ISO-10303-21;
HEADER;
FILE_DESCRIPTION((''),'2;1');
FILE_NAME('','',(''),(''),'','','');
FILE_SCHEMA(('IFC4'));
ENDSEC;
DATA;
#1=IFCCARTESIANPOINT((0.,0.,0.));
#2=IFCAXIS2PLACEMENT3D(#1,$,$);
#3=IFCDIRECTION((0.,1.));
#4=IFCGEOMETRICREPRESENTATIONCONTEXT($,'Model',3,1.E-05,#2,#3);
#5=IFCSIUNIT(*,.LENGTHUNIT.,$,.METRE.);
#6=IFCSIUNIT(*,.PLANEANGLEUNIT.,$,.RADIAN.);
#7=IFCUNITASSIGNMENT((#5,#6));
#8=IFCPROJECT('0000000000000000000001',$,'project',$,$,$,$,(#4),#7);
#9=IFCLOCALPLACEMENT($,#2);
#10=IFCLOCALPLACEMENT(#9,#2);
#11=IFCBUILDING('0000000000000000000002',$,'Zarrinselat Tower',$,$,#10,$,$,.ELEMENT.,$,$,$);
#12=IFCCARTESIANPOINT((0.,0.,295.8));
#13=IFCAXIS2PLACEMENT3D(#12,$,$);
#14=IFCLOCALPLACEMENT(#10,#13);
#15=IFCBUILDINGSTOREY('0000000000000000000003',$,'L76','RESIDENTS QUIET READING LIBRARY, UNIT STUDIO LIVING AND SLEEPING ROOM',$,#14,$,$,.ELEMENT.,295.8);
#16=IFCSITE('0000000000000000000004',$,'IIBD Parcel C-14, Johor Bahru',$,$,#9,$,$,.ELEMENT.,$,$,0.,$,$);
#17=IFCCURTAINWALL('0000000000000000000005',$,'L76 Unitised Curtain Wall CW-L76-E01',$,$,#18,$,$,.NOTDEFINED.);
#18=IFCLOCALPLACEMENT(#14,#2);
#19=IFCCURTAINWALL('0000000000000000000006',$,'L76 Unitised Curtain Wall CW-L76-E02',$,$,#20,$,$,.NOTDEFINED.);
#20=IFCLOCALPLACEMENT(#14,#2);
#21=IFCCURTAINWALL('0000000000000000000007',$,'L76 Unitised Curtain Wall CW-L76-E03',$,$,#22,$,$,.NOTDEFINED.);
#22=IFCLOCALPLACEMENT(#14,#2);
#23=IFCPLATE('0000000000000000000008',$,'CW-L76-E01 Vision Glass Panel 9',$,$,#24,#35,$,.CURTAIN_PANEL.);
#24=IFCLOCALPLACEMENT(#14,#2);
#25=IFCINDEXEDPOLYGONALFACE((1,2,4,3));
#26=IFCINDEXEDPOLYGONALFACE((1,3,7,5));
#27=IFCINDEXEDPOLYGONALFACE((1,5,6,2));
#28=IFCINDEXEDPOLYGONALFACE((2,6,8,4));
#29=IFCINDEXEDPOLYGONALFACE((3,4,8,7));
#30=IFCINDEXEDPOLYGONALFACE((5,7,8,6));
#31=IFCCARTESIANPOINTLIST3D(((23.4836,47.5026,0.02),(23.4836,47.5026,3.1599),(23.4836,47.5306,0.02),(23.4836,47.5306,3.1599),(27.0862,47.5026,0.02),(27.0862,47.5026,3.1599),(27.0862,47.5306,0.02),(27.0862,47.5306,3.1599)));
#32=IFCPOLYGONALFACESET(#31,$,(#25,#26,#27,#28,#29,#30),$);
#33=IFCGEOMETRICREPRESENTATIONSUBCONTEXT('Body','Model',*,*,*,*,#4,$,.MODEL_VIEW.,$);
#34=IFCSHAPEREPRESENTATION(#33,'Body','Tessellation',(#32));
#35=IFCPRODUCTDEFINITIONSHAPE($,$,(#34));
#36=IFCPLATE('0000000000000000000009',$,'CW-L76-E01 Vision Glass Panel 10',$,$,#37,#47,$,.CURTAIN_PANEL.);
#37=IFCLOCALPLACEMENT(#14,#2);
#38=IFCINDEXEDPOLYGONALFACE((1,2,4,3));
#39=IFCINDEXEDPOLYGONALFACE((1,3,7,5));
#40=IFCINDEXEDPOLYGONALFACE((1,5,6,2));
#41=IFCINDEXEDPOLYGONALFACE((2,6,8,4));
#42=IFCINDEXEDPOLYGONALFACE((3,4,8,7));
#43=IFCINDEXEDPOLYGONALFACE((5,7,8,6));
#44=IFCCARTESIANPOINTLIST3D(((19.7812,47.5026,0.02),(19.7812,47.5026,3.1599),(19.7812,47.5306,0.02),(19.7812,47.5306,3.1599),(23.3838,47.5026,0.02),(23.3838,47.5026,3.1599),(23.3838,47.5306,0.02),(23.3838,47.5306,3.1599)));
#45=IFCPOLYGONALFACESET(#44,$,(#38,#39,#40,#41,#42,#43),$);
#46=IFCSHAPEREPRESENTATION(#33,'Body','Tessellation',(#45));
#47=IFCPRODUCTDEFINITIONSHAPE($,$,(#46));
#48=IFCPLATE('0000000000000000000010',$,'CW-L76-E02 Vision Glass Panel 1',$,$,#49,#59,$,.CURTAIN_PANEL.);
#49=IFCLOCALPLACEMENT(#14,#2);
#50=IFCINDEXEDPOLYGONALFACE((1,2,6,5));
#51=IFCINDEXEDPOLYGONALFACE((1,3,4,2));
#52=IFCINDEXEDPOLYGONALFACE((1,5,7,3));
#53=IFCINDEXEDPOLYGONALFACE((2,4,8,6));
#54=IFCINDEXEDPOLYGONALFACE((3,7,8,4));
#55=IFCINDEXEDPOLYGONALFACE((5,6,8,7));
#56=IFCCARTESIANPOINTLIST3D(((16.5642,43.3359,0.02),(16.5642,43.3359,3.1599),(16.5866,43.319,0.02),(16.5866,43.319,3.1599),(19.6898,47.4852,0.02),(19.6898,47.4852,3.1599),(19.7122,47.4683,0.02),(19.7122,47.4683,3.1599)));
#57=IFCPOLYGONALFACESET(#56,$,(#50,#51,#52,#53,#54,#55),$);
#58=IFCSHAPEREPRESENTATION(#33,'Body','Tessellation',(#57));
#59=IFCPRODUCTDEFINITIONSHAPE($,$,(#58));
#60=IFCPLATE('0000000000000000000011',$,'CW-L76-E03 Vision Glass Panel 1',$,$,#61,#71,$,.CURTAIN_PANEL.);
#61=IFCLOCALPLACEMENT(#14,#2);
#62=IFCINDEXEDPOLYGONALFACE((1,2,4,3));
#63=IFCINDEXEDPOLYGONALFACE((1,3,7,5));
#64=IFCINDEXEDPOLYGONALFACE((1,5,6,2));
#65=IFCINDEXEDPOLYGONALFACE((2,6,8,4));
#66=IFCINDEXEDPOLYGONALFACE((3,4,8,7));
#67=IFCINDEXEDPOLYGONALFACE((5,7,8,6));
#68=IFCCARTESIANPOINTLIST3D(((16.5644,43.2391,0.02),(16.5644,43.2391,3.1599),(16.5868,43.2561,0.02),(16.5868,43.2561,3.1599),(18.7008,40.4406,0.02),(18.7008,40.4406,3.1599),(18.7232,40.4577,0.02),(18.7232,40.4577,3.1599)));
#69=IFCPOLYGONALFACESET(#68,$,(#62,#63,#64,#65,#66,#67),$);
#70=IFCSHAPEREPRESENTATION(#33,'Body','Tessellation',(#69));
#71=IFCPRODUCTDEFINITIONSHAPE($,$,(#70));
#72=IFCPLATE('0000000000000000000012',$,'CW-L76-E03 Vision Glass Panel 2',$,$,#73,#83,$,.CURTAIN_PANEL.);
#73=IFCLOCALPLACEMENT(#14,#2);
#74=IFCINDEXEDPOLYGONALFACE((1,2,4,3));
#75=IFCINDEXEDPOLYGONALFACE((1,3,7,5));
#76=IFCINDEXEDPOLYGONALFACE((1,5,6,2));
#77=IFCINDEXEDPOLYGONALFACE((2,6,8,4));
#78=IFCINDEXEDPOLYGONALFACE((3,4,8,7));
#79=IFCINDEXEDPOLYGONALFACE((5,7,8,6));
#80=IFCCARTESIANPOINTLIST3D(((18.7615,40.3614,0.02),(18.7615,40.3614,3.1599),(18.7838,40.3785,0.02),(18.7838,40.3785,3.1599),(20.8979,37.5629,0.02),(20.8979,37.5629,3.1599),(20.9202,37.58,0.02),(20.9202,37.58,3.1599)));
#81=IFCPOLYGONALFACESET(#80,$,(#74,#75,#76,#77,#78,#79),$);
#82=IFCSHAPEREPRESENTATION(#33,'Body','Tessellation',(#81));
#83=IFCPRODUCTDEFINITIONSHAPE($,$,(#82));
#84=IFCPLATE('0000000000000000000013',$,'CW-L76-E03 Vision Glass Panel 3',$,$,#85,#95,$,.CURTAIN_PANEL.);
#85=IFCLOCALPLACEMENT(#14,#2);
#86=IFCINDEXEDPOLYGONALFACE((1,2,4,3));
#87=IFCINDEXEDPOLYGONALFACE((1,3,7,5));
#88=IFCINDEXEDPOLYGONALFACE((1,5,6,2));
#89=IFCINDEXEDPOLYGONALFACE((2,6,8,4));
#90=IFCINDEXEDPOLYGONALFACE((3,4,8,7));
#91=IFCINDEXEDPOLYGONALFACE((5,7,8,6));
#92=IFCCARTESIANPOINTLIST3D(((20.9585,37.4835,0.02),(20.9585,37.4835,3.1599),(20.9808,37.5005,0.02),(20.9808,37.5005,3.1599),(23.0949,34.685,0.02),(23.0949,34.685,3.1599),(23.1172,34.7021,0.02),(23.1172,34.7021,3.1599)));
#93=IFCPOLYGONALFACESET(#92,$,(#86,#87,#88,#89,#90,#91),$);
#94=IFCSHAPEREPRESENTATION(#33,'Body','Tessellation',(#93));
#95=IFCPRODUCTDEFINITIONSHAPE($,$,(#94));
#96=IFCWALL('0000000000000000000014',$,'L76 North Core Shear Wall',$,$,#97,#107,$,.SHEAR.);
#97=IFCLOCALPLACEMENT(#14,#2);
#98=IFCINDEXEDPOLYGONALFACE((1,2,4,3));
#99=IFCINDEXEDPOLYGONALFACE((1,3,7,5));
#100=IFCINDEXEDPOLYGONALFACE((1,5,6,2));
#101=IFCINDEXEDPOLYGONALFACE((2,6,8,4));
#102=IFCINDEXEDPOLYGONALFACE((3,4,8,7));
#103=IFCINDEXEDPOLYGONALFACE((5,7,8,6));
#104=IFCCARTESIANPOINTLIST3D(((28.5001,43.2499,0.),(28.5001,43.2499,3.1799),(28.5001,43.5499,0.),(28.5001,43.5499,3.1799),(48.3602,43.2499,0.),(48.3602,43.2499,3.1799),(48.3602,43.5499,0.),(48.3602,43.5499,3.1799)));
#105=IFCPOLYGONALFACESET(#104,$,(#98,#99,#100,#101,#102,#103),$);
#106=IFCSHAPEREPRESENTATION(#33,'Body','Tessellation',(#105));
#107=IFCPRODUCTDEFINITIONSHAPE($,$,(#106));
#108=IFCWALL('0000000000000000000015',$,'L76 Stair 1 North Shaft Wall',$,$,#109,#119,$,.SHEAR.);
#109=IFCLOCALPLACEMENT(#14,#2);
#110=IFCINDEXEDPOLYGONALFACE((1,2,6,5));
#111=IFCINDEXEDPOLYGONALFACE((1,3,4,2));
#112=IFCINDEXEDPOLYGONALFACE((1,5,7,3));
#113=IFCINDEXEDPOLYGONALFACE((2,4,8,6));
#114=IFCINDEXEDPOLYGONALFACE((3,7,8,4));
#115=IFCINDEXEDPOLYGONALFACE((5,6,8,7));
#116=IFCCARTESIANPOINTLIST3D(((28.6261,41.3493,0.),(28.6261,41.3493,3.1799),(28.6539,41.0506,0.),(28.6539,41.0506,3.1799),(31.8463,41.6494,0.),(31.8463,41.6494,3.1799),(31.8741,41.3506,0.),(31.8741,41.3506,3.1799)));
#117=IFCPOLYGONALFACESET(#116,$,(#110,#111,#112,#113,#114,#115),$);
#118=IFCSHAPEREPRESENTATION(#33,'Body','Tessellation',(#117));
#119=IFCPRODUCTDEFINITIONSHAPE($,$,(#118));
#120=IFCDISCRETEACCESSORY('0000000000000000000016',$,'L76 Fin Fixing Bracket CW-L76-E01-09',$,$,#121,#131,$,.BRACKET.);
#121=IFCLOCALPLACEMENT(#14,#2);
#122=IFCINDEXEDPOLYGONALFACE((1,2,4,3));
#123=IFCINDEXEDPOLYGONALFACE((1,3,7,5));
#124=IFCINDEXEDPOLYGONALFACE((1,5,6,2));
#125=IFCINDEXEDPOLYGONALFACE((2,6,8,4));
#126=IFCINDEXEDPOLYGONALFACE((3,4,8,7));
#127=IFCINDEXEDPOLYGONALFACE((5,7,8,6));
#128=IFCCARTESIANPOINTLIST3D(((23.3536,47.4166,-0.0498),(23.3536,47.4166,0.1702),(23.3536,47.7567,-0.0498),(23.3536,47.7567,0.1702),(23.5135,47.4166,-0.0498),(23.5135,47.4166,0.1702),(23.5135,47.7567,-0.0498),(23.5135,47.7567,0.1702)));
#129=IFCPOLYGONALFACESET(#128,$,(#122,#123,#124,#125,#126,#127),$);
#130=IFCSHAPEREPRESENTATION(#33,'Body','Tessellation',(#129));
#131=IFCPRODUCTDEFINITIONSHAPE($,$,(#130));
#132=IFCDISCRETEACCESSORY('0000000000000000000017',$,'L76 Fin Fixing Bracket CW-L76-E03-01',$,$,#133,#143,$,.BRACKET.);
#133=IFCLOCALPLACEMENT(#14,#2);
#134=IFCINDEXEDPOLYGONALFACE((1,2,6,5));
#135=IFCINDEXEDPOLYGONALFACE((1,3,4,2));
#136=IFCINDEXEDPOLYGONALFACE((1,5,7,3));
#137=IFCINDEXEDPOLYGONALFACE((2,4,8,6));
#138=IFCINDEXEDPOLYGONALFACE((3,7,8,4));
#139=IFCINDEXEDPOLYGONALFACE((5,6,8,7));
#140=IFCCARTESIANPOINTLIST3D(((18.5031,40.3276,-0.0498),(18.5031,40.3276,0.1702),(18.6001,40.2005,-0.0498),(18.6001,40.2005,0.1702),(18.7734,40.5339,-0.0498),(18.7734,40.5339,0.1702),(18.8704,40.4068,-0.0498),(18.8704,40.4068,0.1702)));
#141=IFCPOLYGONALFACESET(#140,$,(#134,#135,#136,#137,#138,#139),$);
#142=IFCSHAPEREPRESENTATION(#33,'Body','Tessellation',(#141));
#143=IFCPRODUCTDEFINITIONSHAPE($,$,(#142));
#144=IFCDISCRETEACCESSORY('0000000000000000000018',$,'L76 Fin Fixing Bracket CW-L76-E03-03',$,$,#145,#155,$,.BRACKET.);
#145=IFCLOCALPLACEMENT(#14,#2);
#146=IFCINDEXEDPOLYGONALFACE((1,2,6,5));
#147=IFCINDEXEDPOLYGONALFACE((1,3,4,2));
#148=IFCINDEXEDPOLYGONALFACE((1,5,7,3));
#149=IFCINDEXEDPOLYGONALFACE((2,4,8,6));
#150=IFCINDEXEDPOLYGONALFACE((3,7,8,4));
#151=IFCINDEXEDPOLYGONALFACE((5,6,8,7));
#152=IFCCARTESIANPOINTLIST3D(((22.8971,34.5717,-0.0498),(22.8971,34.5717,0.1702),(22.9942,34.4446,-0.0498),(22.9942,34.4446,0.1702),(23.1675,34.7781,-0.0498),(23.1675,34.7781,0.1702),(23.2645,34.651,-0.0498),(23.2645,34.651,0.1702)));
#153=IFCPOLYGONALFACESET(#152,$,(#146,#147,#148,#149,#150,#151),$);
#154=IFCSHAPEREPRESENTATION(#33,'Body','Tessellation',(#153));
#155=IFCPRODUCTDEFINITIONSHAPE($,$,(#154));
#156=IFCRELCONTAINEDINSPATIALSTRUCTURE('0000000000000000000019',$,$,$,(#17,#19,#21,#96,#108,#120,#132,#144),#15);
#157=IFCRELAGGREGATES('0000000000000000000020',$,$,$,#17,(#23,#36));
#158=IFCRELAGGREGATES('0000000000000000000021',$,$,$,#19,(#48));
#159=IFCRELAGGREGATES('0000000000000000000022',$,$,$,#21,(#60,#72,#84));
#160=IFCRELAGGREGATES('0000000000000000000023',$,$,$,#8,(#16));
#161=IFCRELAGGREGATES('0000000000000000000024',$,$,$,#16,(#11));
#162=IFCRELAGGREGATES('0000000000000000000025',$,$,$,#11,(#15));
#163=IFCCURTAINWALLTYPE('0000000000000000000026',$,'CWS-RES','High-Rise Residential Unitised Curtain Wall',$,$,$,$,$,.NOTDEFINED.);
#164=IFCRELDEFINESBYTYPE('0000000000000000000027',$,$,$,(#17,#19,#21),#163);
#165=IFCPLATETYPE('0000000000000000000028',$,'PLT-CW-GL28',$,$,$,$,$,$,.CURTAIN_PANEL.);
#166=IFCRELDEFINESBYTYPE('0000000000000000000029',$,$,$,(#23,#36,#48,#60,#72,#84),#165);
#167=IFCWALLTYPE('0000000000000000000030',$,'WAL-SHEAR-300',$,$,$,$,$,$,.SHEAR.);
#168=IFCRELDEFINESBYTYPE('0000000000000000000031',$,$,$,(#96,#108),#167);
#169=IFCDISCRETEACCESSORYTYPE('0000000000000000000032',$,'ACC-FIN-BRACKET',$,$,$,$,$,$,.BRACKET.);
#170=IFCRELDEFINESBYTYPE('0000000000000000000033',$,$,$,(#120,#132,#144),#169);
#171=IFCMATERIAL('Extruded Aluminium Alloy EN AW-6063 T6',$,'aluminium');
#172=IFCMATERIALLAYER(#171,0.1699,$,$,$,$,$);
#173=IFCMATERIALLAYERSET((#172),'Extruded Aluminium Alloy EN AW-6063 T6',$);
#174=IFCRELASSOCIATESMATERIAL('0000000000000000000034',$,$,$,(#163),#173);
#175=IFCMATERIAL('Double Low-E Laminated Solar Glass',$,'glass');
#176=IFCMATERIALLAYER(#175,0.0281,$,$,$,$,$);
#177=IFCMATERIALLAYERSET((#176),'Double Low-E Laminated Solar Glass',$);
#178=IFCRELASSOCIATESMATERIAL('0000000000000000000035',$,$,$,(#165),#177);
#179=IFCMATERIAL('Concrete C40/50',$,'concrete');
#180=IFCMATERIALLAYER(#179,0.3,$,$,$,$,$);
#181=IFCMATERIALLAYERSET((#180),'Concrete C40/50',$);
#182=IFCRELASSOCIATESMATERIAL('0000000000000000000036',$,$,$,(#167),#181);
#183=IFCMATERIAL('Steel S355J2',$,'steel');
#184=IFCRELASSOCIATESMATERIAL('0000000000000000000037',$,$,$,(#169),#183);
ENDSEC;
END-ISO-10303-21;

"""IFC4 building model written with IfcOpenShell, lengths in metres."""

from ifc_helpers import new_model, si_unit, direction, frame, frame_2d, origin, origin_2d, place, context, subcontext, project, spatial, rectangle, extrude, material, layer, layer_set, type_object, element, aggregate, save


model = new_model("IFC4")

# Units and contexts
model_context = context("Model", 3, precision=1e-05, world=origin(), true_north=direction((0.0, 1.0)))
body_context = subcontext(model_context, "Body", "Model", "MODEL_VIEW")
ifc_project = project(units=[si_unit("LENGTHUNIT", "METRE"), si_unit("PLANEANGLEUNIT", "RADIAN")], contexts=[model_context])

# Site, building, storey
site_placement = place(None, origin())
site = spatial("IfcSite", under=ifc_project, at=site_placement, Name="IIBD Parcel C-14, Johor Bahru", CompositionType="ELEMENT", RefElevation=0.0)
building_placement = place(site_placement, origin())
building = spatial("IfcBuilding", under=site, at=building_placement, Name="Zarrinselat Tower", CompositionType="ELEMENT")
storey_placement = place(building_placement, frame((0.0, 0.0, 295.8)))
storey = spatial("IfcBuildingStorey", under=building, at=storey_placement, Name="L76", Description="RESIDENTS QUIET READING LIBRARY, UNIT STUDIO LIVING AND SLEEPING ROOM", CompositionType="ELEMENT", Elevation=295.8)

# Curtain wall
ifc_material_1 = material(Name="Extruded Aluminium Alloy EN AW-6063 T6", Category="aluminium")
ifc_layer_1 = layer(ifc_material_1, 0.1699)
ifc_layer_set_1 = layer_set([ifc_layer_1], Name="Extruded Aluminium Alloy EN AW-6063 T6")
curtain_wall_type = type_object("IfcCurtainWallType", Name="CWS-RES", Description="High-Rise Residential Unitised Curtain Wall", PredefinedType="NOTDEFINED", material=ifc_layer_set_1)
curtain_wall_1_placement = place(storey_placement, origin())
curtain_wall_1 = element("IfcCurtainWall", 1, at=curtain_wall_1_placement, inside=storey, type_object=curtain_wall_type, Name="L76 Unitised Curtain Wall CW-L76-E01", PredefinedType="NOTDEFINED")

# Curtain wall
curtain_wall_2_placement = place(storey_placement, origin())
curtain_wall_2 = element("IfcCurtainWall", 2, at=curtain_wall_2_placement, inside=storey, type_object=curtain_wall_type, Name="L76 Unitised Curtain Wall CW-L76-E02", PredefinedType="NOTDEFINED")

# Curtain wall
curtain_wall_3_placement = place(storey_placement, origin())
curtain_wall_3 = element("IfcCurtainWall", 3, at=curtain_wall_3_placement, inside=storey, type_object=curtain_wall_type, Name="L76 Unitised Curtain Wall CW-L76-E03", PredefinedType="NOTDEFINED")

# Plates
ifc_material_2 = material(Name="Double Low-E Laminated Solar Glass", Category="glass")
ifc_layer_2 = layer(ifc_material_2, 0.0281)
ifc_layer_set_2 = layer_set([ifc_layer_2], Name="Double Low-E Laminated Solar Glass")
plate_type = type_object("IfcPlateType", Name="PLT-CW-GL28", PredefinedType="CURTAIN_PANEL", material=ifc_layer_set_2)
plate_1_placement = place(storey_placement, frame((25.2849, 47.5166, 0.02), z_axis=(0.0, 0.0, 1.0), x_axis=(-1.0, 0.0, 0.0)))
plate_1 = element("IfcPlate", 4, at=plate_1_placement, type_object=plate_type, Name="CW-L76-E01 Vision Glass Panel 9", PredefinedType="CURTAIN_PANEL", context=body_context, shape_type="SweptSolid", body=[
    extrude(rectangle(XDim=3.6025, YDim=0.0281, at=origin_2d()), origin(), (0.0, 0.0, 1.0), 3.1399),
])
plate_2_placement = place(storey_placement, frame((21.5825, 47.5166, 0.02), z_axis=(0.0, 0.0, 1.0), x_axis=(-1.0, 0.0, 0.0)))
plate_2 = element("IfcPlate", 5, at=plate_2_placement, type_object=plate_type, Name="CW-L76-E01 Vision Glass Panel 10", PredefinedType="CURTAIN_PANEL", context=body_context, shape_type="SweptSolid", body=[
    extrude(rectangle(XDim=3.6025, YDim=0.0281, at=origin_2d()), origin(), (0.0, 0.0, 1.0), 3.1399),
])
aggregate(curtain_wall_1, [plate_1, plate_2])
plate_3_placement = place(storey_placement, frame((18.1382, 45.4021, 0.02), z_axis=(0.0, 0.0, 1.0), x_axis=(-0.601679, -0.798738, 0.0)))
plate_3 = element("IfcPlate", 6, at=plate_3_placement, type_object=plate_type, Name="CW-L76-E02 Vision Glass Panel 1", PredefinedType="CURTAIN_PANEL", context=body_context, shape_type="SweptSolid", body=[
    extrude(rectangle(XDim=5.1948, YDim=0.0281, at=origin_2d()), origin(), (0.0, 0.0, 1.0), 3.1399),
])
aggregate(curtain_wall_2, [plate_3])
plate_4_placement = place(storey_placement, frame((17.6438, 41.8484, 0.02), z_axis=(0.0, 0.0, 1.0), x_axis=(0.606802, -0.794853, 0.0)))
plate_4 = element("IfcPlate", 7, at=plate_4_placement, type_object=plate_type, Name="CW-L76-E03 Vision Glass Panel 1", PredefinedType="CURTAIN_PANEL", context=body_context, shape_type="SweptSolid", body=[
    extrude(rectangle(XDim=3.5208, YDim=0.0281, at=origin_2d()), origin(), (0.0, 0.0, 1.0), 3.1399),
])
plate_5_placement = place(storey_placement, frame((19.8408, 38.9707, 0.02), z_axis=(0.0, 0.0, 1.0), x_axis=(0.606802, -0.794853, 0.0)))
plate_5 = element("IfcPlate", 8, at=plate_5_placement, type_object=plate_type, Name="CW-L76-E03 Vision Glass Panel 2", PredefinedType="CURTAIN_PANEL", context=body_context, shape_type="SweptSolid", body=[
    extrude(rectangle(XDim=3.5208, YDim=0.0281, at=origin_2d()), origin(), (0.0, 0.0, 1.0), 3.1399),
])
plate_6_placement = place(storey_placement, frame((22.0378, 36.0928, 0.02), z_axis=(0.0, 0.0, 1.0), x_axis=(0.606802, -0.794853, 0.0)))
plate_6 = element("IfcPlate", 9, at=plate_6_placement, type_object=plate_type, Name="CW-L76-E03 Vision Glass Panel 3", PredefinedType="CURTAIN_PANEL", context=body_context, shape_type="SweptSolid", body=[
    extrude(rectangle(XDim=3.5208, YDim=0.0281, at=origin_2d()), origin(), (0.0, 0.0, 1.0), 3.1399),
])
aggregate(curtain_wall_3, [plate_4, plate_5, plate_6])

# Walls
ifc_material_3 = material(Name="Concrete C40/50", Category="concrete")
ifc_layer_3 = layer(ifc_material_3, 0.3)
ifc_layer_set_3 = layer_set([ifc_layer_3], Name="Concrete C40/50")
wall_type = type_object("IfcWallType", Name="WAL-SHEAR-300", PredefinedType="SHEAR", material=ifc_layer_set_3)
wall_1_placement = place(storey_placement, frame((28.5, 43.3999, 0.0), z_axis=(0.0, 0.0, 1.0), x_axis=(1.0, 0.0, 0.0)))
element("IfcWall", 10, at=wall_1_placement, inside=storey, type_object=wall_type, Name="L76 North Core Shear Wall", PredefinedType="SHEAR", context=body_context, shape_type="SweptSolid", body=[
    extrude(rectangle(XDim=19.8601, YDim=0.3, at=frame_2d((9.9302, 0.0))), origin(), (0.0, 0.0, 1.0), 3.1799),
])
wall_2_placement = place(storey_placement, frame((28.6399, 41.2, 0.0), z_axis=(0.0, 0.0, 1.0), x_axis=(0.995687, 0.092775, 0.0)))
element("IfcWall", 11, at=wall_2_placement, inside=storey, type_object=wall_type, Name="L76 Stair 1 North Shaft Wall", PredefinedType="SHEAR", context=body_context, shape_type="SweptSolid", body=[
    extrude(rectangle(XDim=3.2341, YDim=0.3, at=frame_2d((1.6172, 0.0))), origin(), (0.0, 0.0, 1.0), 3.1799),
])

# Discrete accessories
ifc_material_4 = material(Name="Steel S355J2", Category="steel")
discrete_accessory_type = type_object("IfcDiscreteAccessoryType", Name="ACC-FIN-BRACKET", PredefinedType="BRACKET", material=ifc_material_4)
for number, where, z_axis, x_axis, name in (
    (12, (23.4336, 47.5867, -0.0498), (0.0, 0.0, 1.0), (0.0, 1.0, 0.0), "L76 Fin Fixing Bracket CW-L76-E01-09"),
    (13, (18.6868, 40.3672, -0.0498), (0.0, 0.0, 1.0), (-0.794853, -0.606802, 0.0), "L76 Fin Fixing Bracket CW-L76-E03-01"),
    (14, (23.0808, 34.6113, -0.0498), (0.0, 0.0, 1.0), (-0.794853, -0.606802, 0.0), "L76 Fin Fixing Bracket CW-L76-E03-03"),
):
    element("IfcDiscreteAccessory", number, at=place(storey_placement, frame(where, z_axis=z_axis, x_axis=x_axis)), inside=storey, type_object=discrete_accessory_type, Name=name, PredefinedType="BRACKET", context=body_context, shape_type="SweptSolid", body=[
        extrude(rectangle(XDim=0.3401, YDim=0.1599, at=origin_2d()), origin(), (0.0, 0.0, 1.0), 0.22),
    ])

save(model, "model.ifc")
